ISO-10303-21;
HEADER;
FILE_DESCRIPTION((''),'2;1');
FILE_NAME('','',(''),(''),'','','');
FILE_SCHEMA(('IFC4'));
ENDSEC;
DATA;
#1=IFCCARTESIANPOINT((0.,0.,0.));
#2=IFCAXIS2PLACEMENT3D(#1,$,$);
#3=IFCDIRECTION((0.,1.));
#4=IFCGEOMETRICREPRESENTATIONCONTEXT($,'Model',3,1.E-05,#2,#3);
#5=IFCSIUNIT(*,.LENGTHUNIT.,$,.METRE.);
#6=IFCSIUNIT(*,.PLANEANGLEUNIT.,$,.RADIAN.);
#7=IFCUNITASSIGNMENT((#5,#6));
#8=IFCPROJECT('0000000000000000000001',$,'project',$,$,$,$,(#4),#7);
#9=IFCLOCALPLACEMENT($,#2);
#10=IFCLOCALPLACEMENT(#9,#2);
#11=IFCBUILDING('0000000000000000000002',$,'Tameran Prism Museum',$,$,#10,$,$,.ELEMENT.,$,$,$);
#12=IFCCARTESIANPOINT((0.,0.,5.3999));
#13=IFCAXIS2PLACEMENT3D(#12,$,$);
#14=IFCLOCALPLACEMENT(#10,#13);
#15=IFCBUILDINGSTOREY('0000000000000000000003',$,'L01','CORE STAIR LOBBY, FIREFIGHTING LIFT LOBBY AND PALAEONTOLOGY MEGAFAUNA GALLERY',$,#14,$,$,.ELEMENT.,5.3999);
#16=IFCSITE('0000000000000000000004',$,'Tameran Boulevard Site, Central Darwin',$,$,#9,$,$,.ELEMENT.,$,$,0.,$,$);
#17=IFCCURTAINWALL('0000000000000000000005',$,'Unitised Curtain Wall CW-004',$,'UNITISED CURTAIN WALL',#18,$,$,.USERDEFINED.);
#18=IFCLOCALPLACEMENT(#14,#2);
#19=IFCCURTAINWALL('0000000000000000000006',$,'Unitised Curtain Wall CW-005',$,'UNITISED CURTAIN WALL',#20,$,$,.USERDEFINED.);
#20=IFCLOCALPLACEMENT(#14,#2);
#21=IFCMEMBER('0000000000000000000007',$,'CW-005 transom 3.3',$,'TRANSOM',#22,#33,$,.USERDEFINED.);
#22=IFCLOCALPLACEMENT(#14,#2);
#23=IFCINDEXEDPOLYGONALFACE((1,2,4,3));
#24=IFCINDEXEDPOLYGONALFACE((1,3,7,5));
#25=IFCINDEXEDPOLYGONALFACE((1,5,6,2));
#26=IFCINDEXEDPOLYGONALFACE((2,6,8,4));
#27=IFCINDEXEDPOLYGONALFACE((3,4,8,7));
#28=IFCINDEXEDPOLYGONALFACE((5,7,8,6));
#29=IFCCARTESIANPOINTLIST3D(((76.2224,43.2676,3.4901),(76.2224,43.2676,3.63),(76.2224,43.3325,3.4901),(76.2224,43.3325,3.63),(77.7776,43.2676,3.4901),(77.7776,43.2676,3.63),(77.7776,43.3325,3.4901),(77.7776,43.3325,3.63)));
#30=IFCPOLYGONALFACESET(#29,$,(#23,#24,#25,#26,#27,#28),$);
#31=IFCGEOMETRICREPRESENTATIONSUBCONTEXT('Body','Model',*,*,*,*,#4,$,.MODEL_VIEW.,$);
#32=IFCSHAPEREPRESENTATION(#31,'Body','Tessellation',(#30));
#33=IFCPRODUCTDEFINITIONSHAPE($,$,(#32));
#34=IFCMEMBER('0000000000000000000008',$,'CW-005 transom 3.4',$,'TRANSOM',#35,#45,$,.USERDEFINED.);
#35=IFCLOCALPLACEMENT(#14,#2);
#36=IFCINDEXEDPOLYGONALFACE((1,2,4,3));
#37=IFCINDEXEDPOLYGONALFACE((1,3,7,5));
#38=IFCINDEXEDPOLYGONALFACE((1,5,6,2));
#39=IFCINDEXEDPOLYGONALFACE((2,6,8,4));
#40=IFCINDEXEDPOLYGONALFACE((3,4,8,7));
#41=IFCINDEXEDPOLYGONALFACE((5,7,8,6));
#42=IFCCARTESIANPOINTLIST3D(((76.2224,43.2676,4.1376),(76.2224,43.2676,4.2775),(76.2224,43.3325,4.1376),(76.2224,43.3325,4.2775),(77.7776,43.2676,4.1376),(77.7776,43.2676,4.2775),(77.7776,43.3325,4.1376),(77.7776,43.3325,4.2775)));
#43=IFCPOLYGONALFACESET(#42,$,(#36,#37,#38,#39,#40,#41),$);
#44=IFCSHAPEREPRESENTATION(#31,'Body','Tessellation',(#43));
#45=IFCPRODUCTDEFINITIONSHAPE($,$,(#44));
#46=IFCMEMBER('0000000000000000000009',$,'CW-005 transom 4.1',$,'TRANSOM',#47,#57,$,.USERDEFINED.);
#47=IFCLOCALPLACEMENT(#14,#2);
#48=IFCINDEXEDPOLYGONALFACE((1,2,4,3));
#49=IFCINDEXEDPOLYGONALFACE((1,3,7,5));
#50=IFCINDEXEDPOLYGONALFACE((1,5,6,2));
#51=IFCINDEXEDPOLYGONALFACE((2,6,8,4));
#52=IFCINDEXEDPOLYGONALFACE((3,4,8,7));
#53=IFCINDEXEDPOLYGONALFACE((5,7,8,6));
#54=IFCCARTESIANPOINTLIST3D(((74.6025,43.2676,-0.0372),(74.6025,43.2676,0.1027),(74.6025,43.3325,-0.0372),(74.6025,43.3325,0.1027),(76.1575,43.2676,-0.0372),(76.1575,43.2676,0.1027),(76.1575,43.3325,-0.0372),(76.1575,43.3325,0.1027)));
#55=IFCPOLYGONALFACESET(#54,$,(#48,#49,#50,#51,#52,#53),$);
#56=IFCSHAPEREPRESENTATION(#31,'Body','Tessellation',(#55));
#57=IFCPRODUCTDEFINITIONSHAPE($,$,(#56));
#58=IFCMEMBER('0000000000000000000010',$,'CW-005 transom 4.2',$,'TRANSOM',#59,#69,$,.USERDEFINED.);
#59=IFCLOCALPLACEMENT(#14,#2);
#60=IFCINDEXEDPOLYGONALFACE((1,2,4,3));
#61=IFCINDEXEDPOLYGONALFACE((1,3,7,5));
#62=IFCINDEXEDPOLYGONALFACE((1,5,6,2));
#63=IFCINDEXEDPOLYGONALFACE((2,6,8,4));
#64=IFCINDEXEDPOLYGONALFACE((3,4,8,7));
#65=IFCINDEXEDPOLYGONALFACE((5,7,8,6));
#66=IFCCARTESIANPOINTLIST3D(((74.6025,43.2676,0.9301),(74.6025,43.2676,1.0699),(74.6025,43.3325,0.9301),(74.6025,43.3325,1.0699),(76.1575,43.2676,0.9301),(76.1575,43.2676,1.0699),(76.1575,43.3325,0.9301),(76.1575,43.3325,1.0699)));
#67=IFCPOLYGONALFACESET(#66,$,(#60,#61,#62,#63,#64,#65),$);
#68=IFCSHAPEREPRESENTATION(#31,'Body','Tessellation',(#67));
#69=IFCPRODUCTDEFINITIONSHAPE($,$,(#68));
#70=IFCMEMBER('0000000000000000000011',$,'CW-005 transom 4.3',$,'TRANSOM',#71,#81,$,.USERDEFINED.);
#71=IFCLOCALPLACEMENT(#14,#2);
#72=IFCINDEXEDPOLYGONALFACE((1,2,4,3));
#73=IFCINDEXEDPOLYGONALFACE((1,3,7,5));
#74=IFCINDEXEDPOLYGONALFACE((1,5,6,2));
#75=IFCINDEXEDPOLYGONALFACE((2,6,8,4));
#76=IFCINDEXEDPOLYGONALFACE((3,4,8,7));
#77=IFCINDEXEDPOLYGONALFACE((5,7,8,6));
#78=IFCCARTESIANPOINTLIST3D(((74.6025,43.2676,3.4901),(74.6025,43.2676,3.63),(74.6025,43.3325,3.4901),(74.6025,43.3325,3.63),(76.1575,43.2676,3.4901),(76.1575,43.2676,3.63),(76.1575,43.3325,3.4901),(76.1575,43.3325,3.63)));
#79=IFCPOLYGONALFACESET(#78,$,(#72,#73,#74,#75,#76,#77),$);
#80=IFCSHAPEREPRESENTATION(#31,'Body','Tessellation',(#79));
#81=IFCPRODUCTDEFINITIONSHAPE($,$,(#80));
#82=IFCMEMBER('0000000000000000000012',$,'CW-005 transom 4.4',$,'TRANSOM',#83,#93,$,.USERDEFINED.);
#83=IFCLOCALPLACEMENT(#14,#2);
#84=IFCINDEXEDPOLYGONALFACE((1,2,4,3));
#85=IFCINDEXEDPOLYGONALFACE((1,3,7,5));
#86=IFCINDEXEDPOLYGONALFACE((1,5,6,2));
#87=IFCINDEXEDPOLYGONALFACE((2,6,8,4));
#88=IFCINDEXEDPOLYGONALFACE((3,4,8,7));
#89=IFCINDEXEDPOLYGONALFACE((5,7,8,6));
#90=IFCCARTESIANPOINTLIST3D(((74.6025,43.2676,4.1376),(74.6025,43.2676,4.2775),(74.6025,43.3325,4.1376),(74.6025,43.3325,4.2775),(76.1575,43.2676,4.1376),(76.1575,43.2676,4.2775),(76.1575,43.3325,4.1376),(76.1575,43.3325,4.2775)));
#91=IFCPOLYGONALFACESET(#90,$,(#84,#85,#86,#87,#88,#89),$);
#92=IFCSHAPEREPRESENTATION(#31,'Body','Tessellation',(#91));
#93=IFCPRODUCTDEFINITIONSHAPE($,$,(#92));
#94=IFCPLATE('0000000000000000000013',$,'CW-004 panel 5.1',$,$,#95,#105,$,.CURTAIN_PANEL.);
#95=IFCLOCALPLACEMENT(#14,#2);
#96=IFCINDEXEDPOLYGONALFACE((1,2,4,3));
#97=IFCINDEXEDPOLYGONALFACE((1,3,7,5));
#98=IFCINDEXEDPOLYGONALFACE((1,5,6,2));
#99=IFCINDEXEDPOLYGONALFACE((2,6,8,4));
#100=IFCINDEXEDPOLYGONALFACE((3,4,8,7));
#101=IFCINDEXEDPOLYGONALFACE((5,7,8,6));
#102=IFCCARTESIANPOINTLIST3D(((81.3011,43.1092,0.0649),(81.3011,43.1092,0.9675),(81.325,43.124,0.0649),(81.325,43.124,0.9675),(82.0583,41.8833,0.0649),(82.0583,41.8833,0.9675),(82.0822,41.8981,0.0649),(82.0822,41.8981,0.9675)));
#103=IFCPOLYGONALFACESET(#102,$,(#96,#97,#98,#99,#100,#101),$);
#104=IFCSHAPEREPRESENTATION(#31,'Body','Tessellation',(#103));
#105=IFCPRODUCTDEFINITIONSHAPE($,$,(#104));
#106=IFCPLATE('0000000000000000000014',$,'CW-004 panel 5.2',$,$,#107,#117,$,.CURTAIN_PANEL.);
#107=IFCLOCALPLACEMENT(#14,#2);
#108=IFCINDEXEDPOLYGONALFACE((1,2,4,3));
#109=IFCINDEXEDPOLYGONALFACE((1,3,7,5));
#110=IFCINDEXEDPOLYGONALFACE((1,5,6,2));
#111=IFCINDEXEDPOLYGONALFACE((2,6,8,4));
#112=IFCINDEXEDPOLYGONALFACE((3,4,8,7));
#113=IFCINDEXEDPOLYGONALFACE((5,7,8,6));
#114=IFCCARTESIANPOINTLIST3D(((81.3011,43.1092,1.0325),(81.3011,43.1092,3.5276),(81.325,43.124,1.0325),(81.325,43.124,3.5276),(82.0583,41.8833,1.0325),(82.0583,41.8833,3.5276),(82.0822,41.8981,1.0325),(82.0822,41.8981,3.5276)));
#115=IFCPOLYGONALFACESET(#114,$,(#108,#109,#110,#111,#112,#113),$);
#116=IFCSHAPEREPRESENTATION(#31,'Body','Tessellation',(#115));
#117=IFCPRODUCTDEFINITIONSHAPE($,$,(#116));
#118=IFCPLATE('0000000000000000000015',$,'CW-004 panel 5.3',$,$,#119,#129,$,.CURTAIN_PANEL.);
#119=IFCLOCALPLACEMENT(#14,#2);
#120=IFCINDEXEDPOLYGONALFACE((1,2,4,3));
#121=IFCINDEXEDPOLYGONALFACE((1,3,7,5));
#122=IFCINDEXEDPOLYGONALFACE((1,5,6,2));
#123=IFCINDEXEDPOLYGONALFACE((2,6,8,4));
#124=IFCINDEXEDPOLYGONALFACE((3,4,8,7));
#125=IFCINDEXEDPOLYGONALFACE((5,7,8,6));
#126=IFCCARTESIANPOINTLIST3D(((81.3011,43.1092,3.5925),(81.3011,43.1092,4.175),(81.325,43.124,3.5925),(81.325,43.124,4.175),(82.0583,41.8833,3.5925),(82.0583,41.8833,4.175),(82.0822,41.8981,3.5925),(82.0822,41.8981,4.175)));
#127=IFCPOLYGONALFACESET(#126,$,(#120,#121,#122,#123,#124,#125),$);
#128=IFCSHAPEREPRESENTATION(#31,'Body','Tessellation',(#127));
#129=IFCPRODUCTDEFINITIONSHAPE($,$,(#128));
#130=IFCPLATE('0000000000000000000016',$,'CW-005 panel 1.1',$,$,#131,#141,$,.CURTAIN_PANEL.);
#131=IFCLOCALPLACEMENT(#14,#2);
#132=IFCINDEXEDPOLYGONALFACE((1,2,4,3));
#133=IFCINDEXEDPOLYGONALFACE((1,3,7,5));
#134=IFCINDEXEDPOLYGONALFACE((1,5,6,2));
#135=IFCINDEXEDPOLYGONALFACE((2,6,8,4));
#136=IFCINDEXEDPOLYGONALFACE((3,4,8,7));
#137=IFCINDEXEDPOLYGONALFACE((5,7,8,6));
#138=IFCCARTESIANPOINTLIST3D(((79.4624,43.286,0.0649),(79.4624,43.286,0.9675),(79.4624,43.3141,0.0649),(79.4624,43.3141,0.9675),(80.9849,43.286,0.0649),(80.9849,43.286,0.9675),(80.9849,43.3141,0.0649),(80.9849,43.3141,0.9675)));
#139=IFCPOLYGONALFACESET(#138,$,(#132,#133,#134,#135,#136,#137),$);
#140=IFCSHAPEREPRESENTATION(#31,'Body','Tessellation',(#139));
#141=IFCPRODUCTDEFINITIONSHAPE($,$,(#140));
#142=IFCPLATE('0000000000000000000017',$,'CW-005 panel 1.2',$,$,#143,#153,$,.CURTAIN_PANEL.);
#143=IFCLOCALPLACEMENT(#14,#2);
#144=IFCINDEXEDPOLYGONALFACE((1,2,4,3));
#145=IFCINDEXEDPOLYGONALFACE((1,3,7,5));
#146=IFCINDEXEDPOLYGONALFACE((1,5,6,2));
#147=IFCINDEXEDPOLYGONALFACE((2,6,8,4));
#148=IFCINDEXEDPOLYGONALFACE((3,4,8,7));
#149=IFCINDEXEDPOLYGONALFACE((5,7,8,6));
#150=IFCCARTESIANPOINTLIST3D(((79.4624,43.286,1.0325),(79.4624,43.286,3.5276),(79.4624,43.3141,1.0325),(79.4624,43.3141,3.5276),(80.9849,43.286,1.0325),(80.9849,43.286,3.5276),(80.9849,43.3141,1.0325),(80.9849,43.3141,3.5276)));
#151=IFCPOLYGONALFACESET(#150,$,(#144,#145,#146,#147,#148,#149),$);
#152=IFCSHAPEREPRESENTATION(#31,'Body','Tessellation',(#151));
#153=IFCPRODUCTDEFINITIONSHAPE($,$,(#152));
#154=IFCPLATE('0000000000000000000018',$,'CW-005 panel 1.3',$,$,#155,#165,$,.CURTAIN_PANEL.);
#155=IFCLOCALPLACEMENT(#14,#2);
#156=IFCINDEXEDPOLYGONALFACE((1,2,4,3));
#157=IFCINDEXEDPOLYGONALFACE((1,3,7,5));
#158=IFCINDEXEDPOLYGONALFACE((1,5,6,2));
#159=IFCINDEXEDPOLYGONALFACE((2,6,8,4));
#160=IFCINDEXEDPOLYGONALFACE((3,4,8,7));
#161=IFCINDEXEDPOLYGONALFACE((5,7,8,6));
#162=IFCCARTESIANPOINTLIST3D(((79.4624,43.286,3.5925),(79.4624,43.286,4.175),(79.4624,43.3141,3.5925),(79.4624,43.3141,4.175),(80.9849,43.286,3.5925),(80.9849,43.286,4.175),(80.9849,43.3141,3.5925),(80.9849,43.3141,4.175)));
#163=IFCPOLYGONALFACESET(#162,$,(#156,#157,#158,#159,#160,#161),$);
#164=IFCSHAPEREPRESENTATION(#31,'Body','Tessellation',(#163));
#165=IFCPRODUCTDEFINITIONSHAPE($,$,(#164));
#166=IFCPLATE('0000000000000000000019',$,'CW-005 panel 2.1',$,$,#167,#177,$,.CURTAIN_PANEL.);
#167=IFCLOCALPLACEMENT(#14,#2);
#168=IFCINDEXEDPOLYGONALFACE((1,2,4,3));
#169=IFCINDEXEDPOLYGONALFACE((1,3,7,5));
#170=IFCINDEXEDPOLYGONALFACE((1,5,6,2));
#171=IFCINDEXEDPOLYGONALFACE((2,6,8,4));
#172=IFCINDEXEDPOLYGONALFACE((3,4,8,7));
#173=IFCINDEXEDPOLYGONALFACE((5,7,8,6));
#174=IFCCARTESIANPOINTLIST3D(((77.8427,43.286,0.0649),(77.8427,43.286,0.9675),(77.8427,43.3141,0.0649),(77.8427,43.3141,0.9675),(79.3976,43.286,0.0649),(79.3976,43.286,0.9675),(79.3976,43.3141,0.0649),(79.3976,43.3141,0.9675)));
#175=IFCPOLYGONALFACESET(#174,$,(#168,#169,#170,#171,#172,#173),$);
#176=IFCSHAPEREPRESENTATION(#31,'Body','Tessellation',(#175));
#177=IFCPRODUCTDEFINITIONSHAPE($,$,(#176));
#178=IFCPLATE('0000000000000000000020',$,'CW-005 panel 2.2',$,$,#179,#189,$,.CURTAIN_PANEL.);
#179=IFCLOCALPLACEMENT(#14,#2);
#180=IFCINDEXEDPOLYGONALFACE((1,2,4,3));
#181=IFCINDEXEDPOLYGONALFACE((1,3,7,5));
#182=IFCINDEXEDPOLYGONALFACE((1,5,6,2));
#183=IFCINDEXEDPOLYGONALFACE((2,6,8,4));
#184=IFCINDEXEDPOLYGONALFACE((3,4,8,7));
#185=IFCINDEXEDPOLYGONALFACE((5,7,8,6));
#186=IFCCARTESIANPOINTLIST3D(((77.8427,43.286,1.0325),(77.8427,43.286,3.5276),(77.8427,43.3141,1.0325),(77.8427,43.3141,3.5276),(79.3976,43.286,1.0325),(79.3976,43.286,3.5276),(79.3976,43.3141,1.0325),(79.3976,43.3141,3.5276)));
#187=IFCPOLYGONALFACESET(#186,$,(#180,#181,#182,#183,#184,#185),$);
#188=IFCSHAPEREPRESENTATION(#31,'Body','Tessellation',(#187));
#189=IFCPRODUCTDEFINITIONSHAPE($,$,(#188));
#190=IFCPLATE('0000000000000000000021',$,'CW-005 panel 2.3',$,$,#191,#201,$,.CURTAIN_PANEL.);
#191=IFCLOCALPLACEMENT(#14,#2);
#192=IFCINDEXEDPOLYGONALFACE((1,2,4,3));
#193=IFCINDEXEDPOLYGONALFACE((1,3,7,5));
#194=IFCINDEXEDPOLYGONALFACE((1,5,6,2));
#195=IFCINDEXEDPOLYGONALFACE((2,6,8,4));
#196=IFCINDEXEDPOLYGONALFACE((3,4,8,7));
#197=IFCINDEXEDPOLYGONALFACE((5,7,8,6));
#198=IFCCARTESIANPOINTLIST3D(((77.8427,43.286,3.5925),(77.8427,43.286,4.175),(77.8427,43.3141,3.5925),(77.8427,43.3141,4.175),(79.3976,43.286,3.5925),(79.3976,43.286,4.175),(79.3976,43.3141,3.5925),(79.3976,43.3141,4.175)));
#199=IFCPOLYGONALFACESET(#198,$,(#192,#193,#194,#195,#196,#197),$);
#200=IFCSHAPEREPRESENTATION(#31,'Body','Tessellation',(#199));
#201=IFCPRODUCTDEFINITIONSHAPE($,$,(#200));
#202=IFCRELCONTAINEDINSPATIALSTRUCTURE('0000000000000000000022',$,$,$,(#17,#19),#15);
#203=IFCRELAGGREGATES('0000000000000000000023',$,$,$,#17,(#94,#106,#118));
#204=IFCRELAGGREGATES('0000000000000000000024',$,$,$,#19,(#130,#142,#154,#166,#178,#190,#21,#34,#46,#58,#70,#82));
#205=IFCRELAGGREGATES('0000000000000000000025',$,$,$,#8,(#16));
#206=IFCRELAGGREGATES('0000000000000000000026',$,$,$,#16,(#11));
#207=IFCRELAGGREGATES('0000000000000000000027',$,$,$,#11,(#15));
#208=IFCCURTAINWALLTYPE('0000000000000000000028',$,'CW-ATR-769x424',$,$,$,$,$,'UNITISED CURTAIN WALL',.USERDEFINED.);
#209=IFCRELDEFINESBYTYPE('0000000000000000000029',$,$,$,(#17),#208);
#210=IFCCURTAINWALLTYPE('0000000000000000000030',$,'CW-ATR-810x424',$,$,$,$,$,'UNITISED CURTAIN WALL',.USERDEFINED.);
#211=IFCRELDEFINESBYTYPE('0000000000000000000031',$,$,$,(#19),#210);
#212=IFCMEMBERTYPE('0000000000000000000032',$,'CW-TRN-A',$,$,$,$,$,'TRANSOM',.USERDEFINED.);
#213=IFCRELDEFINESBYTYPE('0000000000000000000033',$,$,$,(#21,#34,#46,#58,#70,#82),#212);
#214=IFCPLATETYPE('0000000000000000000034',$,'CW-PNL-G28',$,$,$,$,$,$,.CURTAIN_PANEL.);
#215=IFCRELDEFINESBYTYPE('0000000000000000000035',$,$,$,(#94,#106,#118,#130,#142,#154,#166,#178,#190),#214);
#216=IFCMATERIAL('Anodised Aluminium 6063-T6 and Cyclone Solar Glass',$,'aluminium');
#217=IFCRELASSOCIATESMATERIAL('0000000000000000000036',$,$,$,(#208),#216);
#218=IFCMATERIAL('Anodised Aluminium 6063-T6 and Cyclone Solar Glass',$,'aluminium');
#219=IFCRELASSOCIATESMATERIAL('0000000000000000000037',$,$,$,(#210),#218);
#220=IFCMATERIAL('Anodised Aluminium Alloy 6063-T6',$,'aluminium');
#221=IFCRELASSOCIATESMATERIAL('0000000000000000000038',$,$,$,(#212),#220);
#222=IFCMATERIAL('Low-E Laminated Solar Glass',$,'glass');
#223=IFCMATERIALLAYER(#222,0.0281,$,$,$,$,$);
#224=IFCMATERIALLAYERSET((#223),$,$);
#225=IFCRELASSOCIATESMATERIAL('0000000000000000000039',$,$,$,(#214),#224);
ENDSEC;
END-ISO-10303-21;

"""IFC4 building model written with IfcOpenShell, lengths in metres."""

from ifc_helpers import new_model, si_unit, direction, frame, origin, origin_2d, place, context, subcontext, project, spatial, rectangle, extrude, material, layer, layer_set, material_profile, profile_set, type_object, element, aggregate, save


model = new_model("IFC4")

# Units and contexts
model_context = context("Model", 3, precision=1e-05, world=origin(), true_north=direction((0.0, 1.0)))
body_context = subcontext(model_context, "Body", "Model", "MODEL_VIEW")
ifc_project = project(units=[si_unit("LENGTHUNIT", "METRE"), si_unit("PLANEANGLEUNIT", "RADIAN")], contexts=[model_context])

# Site, building, storey
site_placement = place(None, origin())
site = spatial("IfcSite", under=ifc_project, at=site_placement, Name="Tameran Boulevard Site, Central Darwin", CompositionType="ELEMENT", RefElevation=0.0)
building_placement = place(site_placement, origin())
building = spatial("IfcBuilding", under=site, at=building_placement, Name="Tameran Prism Museum", CompositionType="ELEMENT")
storey_placement = place(building_placement, frame((0.0, 0.0, 5.3999)))
storey = spatial("IfcBuildingStorey", under=building, at=storey_placement, Name="L01", Description="CORE STAIR LOBBY, FIREFIGHTING LIFT LOBBY AND PALAEONTOLOGY MEGAFAUNA GALLERY", CompositionType="ELEMENT", Elevation=5.3999)

# Curtain walls
ifc_material_1 = material(Name="Anodised Aluminium 6063-T6 and Cyclone Solar Glass", Category="aluminium")
curtain_wall_type_1 = type_object("IfcCurtainWallType", Name="CW-ATR-769x424", ElementType="UNITISED CURTAIN WALL", PredefinedType="USERDEFINED", material=ifc_material_1)
curtain_wall_1_placement = place(storey_placement, origin())
curtain_wall_1 = element("IfcCurtainWall", 1, at=curtain_wall_1_placement, inside=storey, type_object=curtain_wall_type_1, Name="Unitised Curtain Wall CW-004", ObjectType="UNITISED CURTAIN WALL", PredefinedType="USERDEFINED")
ifc_material_2 = material(Name="Anodised Aluminium 6063-T6 and Cyclone Solar Glass", Category="aluminium")
curtain_wall_type_2 = type_object("IfcCurtainWallType", Name="CW-ATR-810x424", ElementType="UNITISED CURTAIN WALL", PredefinedType="USERDEFINED", material=ifc_material_2)
curtain_wall_2_placement = place(storey_placement, origin())
curtain_wall_2 = element("IfcCurtainWall", 2, at=curtain_wall_2_placement, inside=storey, type_object=curtain_wall_type_2, Name="Unitised Curtain Wall CW-005", ObjectType="UNITISED CURTAIN WALL", PredefinedType="USERDEFINED")

# Members
ifc_material_3 = material(Name="Anodised Aluminium Alloy 6063-T6", Category="aluminium")
ifc_material_profile_1 = material_profile(ifc_material_3, rectangle(XDim=0.0649, YDim=0.1399, at=origin_2d()))
ifc_profile_set_1 = profile_set([ifc_material_profile_1])
member_type_1 = type_object("IfcMemberType", Name="CW-TRN-A", ElementType="TRANSOM", PredefinedType="USERDEFINED", material=ifc_profile_set_1)
member_1_placement = place(storey_placement, frame((77.7776, 43.3, 3.5601), z_axis=(-1.0, 0.0, 0.0), x_axis=(0.0, -1.0, 0.0)))
member_1 = element("IfcMember", 3, at=member_1_placement, type_object=member_type_1, Name="CW-005 transom 3.3", ObjectType="TRANSOM", PredefinedType="USERDEFINED", context=body_context, shape_type="SweptSolid", body=[
    extrude(rectangle(XDim=0.0649, YDim=0.1399, at=origin_2d()), origin(), (0.0, 0.0, 1.0), 1.5552),
])
member_2_placement = place(storey_placement, frame((77.7776, 43.3, 4.2075), z_axis=(-1.0, 0.0, 0.0), x_axis=(0.0, -1.0, 0.0)))
member_2 = element("IfcMember", 4, at=member_2_placement, type_object=member_type_1, Name="CW-005 transom 3.4", ObjectType="TRANSOM", PredefinedType="USERDEFINED", context=body_context, shape_type="SweptSolid", body=[
    extrude(rectangle(XDim=0.0649, YDim=0.1399, at=origin_2d()), origin(), (0.0, 0.0, 1.0), 1.5552),
])
member_3_placement = place(storey_placement, frame((76.1575, 43.3, 0.0327), z_axis=(-1.0, 0.0, 0.0), x_axis=(0.0, -1.0, 0.0)))
member_3 = element("IfcMember", 5, at=member_3_placement, type_object=member_type_1, Name="CW-005 transom 4.1", ObjectType="TRANSOM", PredefinedType="USERDEFINED", context=body_context, shape_type="SweptSolid", body=[
    extrude(rectangle(XDim=0.0649, YDim=0.1399, at=origin_2d()), origin(), (0.0, 0.0, 1.0), 1.5549),
])
member_4_placement = place(storey_placement, frame((76.1575, 43.3, 1.0), z_axis=(-1.0, 0.0, 0.0), x_axis=(0.0, -1.0, 0.0)))
member_4 = element("IfcMember", 6, at=member_4_placement, type_object=member_type_1, Name="CW-005 transom 4.2", ObjectType="TRANSOM", PredefinedType="USERDEFINED", context=body_context, shape_type="SweptSolid", body=[
    extrude(rectangle(XDim=0.0649, YDim=0.1399, at=origin_2d()), origin(), (0.0, 0.0, 1.0), 1.5549),
])
member_5_placement = place(storey_placement, frame((76.1575, 43.3, 3.5601), z_axis=(-1.0, 0.0, 0.0), x_axis=(0.0, -1.0, 0.0)))
member_5 = element("IfcMember", 7, at=member_5_placement, type_object=member_type_1, Name="CW-005 transom 4.3", ObjectType="TRANSOM", PredefinedType="USERDEFINED", context=body_context, shape_type="SweptSolid", body=[
    extrude(rectangle(XDim=0.0649, YDim=0.1399, at=origin_2d()), origin(), (0.0, 0.0, 1.0), 1.5549),
])
member_6_placement = place(storey_placement, frame((76.1575, 43.3, 4.2075), z_axis=(-1.0, 0.0, 0.0), x_axis=(0.0, -1.0, 0.0)))
member_6 = element("IfcMember", 8, at=member_6_placement, type_object=member_type_1, Name="CW-005 transom 4.4", ObjectType="TRANSOM", PredefinedType="USERDEFINED", context=body_context, shape_type="SweptSolid", body=[
    extrude(rectangle(XDim=0.0649, YDim=0.1399, at=origin_2d()), origin(), (0.0, 0.0, 1.0), 1.5549),
])

# Plates
ifc_material_4 = material(Name="Low-E Laminated Solar Glass", Category="glass")
ifc_layer = layer(ifc_material_4, 0.0281)
ifc_layer_set = layer_set([ifc_layer])
plate_type = type_object("IfcPlateType", Name="CW-PNL-G28", PredefinedType="CURTAIN_PANEL", material=ifc_layer_set)
plate_1_placement = place(storey_placement, frame((81.6917, 42.5037, 0.0649), z_axis=(0.0, 0.0, 1.0), x_axis=(-0.525504, 0.850791, 0.0)))
plate_1 = element("IfcPlate", 9, at=plate_1_placement, type_object=plate_type, Name="CW-004 panel 5.1", PredefinedType="CURTAIN_PANEL", context=body_context, shape_type="SweptSolid", body=[
    extrude(rectangle(XDim=1.4409, YDim=0.0281, at=origin_2d()), origin(), (0.0, 0.0, 1.0), 0.9026),
])
plate_2_placement = place(storey_placement, frame((81.6917, 42.5037, 1.0325), z_axis=(0.0, 0.0, 1.0), x_axis=(-0.525504, 0.850791, 0.0)))
plate_2 = element("IfcPlate", 10, at=plate_2_placement, type_object=plate_type, Name="CW-004 panel 5.2", PredefinedType="CURTAIN_PANEL", context=body_context, shape_type="SweptSolid", body=[
    extrude(rectangle(XDim=1.4409, YDim=0.0281, at=origin_2d()), origin(), (0.0, 0.0, 1.0), 2.4951),
])
plate_3_placement = place(storey_placement, frame((81.6917, 42.5037, 3.5925), z_axis=(0.0, 0.0, 1.0), x_axis=(-0.525504, 0.850791, 0.0)))
plate_3 = element("IfcPlate", 11, at=plate_3_placement, type_object=plate_type, Name="CW-004 panel 5.3", PredefinedType="CURTAIN_PANEL", context=body_context, shape_type="SweptSolid", body=[
    extrude(rectangle(XDim=1.4409, YDim=0.0281, at=origin_2d()), origin(), (0.0, 0.0, 1.0), 0.5825),
])
aggregate(curtain_wall_1, [plate_1, plate_2, plate_3])
plate_4_placement = place(storey_placement, frame((80.2236, 43.3, 0.0649), z_axis=(0.0, 0.0, 1.0), x_axis=(-1.0, 0.0, 0.0)))
plate_4 = element("IfcPlate", 12, at=plate_4_placement, type_object=plate_type, Name="CW-005 panel 1.1", PredefinedType="CURTAIN_PANEL", context=body_context, shape_type="SweptSolid", body=[
    extrude(rectangle(XDim=1.5225, YDim=0.0281, at=origin_2d()), origin(), (0.0, 0.0, 1.0), 0.9026),
])
plate_5_placement = place(storey_placement, frame((80.2236, 43.3, 1.0325), z_axis=(0.0, 0.0, 1.0), x_axis=(-1.0, 0.0, 0.0)))
plate_5 = element("IfcPlate", 13, at=plate_5_placement, type_object=plate_type, Name="CW-005 panel 1.2", PredefinedType="CURTAIN_PANEL", context=body_context, shape_type="SweptSolid", body=[
    extrude(rectangle(XDim=1.5225, YDim=0.0281, at=origin_2d()), origin(), (0.0, 0.0, 1.0), 2.4951),
])
plate_6_placement = place(storey_placement, frame((80.2236, 43.3, 3.5925), z_axis=(0.0, 0.0, 1.0), x_axis=(-1.0, 0.0, 0.0)))
plate_6 = element("IfcPlate", 14, at=plate_6_placement, type_object=plate_type, Name="CW-005 panel 1.3", PredefinedType="CURTAIN_PANEL", context=body_context, shape_type="SweptSolid", body=[
    extrude(rectangle(XDim=1.5225, YDim=0.0281, at=origin_2d()), origin(), (0.0, 0.0, 1.0), 0.5825),
])
plate_7_placement = place(storey_placement, frame((78.6201, 43.3, 0.0649), z_axis=(0.0, 0.0, 1.0), x_axis=(-1.0, 0.0, 0.0)))
plate_7 = element("IfcPlate", 15, at=plate_7_placement, type_object=plate_type, Name="CW-005 panel 2.1", PredefinedType="CURTAIN_PANEL", context=body_context, shape_type="SweptSolid", body=[
    extrude(rectangle(XDim=1.5549, YDim=0.0281, at=origin_2d()), origin(), (0.0, 0.0, 1.0), 0.9026),
])
plate_8_placement = place(storey_placement, frame((78.6201, 43.3, 1.0325), z_axis=(0.0, 0.0, 1.0), x_axis=(-1.0, 0.0, 0.0)))
plate_8 = element("IfcPlate", 16, at=plate_8_placement, type_object=plate_type, Name="CW-005 panel 2.2", PredefinedType="CURTAIN_PANEL", context=body_context, shape_type="SweptSolid", body=[
    extrude(rectangle(XDim=1.5549, YDim=0.0281, at=origin_2d()), origin(), (0.0, 0.0, 1.0), 2.4951),
])
plate_9_placement = place(storey_placement, frame((78.6201, 43.3, 3.5925), z_axis=(0.0, 0.0, 1.0), x_axis=(-1.0, 0.0, 0.0)))
plate_9 = element("IfcPlate", 17, at=plate_9_placement, type_object=plate_type, Name="CW-005 panel 2.3", PredefinedType="CURTAIN_PANEL", context=body_context, shape_type="SweptSolid", body=[
    extrude(rectangle(XDim=1.5549, YDim=0.0281, at=origin_2d()), origin(), (0.0, 0.0, 1.0), 0.5825),
])
aggregate(curtain_wall_2, [plate_4, plate_5, plate_6, plate_7, plate_8, plate_9, member_1, member_2, member_3, member_4, member_5, member_6])

save(model, "model.ifc")
